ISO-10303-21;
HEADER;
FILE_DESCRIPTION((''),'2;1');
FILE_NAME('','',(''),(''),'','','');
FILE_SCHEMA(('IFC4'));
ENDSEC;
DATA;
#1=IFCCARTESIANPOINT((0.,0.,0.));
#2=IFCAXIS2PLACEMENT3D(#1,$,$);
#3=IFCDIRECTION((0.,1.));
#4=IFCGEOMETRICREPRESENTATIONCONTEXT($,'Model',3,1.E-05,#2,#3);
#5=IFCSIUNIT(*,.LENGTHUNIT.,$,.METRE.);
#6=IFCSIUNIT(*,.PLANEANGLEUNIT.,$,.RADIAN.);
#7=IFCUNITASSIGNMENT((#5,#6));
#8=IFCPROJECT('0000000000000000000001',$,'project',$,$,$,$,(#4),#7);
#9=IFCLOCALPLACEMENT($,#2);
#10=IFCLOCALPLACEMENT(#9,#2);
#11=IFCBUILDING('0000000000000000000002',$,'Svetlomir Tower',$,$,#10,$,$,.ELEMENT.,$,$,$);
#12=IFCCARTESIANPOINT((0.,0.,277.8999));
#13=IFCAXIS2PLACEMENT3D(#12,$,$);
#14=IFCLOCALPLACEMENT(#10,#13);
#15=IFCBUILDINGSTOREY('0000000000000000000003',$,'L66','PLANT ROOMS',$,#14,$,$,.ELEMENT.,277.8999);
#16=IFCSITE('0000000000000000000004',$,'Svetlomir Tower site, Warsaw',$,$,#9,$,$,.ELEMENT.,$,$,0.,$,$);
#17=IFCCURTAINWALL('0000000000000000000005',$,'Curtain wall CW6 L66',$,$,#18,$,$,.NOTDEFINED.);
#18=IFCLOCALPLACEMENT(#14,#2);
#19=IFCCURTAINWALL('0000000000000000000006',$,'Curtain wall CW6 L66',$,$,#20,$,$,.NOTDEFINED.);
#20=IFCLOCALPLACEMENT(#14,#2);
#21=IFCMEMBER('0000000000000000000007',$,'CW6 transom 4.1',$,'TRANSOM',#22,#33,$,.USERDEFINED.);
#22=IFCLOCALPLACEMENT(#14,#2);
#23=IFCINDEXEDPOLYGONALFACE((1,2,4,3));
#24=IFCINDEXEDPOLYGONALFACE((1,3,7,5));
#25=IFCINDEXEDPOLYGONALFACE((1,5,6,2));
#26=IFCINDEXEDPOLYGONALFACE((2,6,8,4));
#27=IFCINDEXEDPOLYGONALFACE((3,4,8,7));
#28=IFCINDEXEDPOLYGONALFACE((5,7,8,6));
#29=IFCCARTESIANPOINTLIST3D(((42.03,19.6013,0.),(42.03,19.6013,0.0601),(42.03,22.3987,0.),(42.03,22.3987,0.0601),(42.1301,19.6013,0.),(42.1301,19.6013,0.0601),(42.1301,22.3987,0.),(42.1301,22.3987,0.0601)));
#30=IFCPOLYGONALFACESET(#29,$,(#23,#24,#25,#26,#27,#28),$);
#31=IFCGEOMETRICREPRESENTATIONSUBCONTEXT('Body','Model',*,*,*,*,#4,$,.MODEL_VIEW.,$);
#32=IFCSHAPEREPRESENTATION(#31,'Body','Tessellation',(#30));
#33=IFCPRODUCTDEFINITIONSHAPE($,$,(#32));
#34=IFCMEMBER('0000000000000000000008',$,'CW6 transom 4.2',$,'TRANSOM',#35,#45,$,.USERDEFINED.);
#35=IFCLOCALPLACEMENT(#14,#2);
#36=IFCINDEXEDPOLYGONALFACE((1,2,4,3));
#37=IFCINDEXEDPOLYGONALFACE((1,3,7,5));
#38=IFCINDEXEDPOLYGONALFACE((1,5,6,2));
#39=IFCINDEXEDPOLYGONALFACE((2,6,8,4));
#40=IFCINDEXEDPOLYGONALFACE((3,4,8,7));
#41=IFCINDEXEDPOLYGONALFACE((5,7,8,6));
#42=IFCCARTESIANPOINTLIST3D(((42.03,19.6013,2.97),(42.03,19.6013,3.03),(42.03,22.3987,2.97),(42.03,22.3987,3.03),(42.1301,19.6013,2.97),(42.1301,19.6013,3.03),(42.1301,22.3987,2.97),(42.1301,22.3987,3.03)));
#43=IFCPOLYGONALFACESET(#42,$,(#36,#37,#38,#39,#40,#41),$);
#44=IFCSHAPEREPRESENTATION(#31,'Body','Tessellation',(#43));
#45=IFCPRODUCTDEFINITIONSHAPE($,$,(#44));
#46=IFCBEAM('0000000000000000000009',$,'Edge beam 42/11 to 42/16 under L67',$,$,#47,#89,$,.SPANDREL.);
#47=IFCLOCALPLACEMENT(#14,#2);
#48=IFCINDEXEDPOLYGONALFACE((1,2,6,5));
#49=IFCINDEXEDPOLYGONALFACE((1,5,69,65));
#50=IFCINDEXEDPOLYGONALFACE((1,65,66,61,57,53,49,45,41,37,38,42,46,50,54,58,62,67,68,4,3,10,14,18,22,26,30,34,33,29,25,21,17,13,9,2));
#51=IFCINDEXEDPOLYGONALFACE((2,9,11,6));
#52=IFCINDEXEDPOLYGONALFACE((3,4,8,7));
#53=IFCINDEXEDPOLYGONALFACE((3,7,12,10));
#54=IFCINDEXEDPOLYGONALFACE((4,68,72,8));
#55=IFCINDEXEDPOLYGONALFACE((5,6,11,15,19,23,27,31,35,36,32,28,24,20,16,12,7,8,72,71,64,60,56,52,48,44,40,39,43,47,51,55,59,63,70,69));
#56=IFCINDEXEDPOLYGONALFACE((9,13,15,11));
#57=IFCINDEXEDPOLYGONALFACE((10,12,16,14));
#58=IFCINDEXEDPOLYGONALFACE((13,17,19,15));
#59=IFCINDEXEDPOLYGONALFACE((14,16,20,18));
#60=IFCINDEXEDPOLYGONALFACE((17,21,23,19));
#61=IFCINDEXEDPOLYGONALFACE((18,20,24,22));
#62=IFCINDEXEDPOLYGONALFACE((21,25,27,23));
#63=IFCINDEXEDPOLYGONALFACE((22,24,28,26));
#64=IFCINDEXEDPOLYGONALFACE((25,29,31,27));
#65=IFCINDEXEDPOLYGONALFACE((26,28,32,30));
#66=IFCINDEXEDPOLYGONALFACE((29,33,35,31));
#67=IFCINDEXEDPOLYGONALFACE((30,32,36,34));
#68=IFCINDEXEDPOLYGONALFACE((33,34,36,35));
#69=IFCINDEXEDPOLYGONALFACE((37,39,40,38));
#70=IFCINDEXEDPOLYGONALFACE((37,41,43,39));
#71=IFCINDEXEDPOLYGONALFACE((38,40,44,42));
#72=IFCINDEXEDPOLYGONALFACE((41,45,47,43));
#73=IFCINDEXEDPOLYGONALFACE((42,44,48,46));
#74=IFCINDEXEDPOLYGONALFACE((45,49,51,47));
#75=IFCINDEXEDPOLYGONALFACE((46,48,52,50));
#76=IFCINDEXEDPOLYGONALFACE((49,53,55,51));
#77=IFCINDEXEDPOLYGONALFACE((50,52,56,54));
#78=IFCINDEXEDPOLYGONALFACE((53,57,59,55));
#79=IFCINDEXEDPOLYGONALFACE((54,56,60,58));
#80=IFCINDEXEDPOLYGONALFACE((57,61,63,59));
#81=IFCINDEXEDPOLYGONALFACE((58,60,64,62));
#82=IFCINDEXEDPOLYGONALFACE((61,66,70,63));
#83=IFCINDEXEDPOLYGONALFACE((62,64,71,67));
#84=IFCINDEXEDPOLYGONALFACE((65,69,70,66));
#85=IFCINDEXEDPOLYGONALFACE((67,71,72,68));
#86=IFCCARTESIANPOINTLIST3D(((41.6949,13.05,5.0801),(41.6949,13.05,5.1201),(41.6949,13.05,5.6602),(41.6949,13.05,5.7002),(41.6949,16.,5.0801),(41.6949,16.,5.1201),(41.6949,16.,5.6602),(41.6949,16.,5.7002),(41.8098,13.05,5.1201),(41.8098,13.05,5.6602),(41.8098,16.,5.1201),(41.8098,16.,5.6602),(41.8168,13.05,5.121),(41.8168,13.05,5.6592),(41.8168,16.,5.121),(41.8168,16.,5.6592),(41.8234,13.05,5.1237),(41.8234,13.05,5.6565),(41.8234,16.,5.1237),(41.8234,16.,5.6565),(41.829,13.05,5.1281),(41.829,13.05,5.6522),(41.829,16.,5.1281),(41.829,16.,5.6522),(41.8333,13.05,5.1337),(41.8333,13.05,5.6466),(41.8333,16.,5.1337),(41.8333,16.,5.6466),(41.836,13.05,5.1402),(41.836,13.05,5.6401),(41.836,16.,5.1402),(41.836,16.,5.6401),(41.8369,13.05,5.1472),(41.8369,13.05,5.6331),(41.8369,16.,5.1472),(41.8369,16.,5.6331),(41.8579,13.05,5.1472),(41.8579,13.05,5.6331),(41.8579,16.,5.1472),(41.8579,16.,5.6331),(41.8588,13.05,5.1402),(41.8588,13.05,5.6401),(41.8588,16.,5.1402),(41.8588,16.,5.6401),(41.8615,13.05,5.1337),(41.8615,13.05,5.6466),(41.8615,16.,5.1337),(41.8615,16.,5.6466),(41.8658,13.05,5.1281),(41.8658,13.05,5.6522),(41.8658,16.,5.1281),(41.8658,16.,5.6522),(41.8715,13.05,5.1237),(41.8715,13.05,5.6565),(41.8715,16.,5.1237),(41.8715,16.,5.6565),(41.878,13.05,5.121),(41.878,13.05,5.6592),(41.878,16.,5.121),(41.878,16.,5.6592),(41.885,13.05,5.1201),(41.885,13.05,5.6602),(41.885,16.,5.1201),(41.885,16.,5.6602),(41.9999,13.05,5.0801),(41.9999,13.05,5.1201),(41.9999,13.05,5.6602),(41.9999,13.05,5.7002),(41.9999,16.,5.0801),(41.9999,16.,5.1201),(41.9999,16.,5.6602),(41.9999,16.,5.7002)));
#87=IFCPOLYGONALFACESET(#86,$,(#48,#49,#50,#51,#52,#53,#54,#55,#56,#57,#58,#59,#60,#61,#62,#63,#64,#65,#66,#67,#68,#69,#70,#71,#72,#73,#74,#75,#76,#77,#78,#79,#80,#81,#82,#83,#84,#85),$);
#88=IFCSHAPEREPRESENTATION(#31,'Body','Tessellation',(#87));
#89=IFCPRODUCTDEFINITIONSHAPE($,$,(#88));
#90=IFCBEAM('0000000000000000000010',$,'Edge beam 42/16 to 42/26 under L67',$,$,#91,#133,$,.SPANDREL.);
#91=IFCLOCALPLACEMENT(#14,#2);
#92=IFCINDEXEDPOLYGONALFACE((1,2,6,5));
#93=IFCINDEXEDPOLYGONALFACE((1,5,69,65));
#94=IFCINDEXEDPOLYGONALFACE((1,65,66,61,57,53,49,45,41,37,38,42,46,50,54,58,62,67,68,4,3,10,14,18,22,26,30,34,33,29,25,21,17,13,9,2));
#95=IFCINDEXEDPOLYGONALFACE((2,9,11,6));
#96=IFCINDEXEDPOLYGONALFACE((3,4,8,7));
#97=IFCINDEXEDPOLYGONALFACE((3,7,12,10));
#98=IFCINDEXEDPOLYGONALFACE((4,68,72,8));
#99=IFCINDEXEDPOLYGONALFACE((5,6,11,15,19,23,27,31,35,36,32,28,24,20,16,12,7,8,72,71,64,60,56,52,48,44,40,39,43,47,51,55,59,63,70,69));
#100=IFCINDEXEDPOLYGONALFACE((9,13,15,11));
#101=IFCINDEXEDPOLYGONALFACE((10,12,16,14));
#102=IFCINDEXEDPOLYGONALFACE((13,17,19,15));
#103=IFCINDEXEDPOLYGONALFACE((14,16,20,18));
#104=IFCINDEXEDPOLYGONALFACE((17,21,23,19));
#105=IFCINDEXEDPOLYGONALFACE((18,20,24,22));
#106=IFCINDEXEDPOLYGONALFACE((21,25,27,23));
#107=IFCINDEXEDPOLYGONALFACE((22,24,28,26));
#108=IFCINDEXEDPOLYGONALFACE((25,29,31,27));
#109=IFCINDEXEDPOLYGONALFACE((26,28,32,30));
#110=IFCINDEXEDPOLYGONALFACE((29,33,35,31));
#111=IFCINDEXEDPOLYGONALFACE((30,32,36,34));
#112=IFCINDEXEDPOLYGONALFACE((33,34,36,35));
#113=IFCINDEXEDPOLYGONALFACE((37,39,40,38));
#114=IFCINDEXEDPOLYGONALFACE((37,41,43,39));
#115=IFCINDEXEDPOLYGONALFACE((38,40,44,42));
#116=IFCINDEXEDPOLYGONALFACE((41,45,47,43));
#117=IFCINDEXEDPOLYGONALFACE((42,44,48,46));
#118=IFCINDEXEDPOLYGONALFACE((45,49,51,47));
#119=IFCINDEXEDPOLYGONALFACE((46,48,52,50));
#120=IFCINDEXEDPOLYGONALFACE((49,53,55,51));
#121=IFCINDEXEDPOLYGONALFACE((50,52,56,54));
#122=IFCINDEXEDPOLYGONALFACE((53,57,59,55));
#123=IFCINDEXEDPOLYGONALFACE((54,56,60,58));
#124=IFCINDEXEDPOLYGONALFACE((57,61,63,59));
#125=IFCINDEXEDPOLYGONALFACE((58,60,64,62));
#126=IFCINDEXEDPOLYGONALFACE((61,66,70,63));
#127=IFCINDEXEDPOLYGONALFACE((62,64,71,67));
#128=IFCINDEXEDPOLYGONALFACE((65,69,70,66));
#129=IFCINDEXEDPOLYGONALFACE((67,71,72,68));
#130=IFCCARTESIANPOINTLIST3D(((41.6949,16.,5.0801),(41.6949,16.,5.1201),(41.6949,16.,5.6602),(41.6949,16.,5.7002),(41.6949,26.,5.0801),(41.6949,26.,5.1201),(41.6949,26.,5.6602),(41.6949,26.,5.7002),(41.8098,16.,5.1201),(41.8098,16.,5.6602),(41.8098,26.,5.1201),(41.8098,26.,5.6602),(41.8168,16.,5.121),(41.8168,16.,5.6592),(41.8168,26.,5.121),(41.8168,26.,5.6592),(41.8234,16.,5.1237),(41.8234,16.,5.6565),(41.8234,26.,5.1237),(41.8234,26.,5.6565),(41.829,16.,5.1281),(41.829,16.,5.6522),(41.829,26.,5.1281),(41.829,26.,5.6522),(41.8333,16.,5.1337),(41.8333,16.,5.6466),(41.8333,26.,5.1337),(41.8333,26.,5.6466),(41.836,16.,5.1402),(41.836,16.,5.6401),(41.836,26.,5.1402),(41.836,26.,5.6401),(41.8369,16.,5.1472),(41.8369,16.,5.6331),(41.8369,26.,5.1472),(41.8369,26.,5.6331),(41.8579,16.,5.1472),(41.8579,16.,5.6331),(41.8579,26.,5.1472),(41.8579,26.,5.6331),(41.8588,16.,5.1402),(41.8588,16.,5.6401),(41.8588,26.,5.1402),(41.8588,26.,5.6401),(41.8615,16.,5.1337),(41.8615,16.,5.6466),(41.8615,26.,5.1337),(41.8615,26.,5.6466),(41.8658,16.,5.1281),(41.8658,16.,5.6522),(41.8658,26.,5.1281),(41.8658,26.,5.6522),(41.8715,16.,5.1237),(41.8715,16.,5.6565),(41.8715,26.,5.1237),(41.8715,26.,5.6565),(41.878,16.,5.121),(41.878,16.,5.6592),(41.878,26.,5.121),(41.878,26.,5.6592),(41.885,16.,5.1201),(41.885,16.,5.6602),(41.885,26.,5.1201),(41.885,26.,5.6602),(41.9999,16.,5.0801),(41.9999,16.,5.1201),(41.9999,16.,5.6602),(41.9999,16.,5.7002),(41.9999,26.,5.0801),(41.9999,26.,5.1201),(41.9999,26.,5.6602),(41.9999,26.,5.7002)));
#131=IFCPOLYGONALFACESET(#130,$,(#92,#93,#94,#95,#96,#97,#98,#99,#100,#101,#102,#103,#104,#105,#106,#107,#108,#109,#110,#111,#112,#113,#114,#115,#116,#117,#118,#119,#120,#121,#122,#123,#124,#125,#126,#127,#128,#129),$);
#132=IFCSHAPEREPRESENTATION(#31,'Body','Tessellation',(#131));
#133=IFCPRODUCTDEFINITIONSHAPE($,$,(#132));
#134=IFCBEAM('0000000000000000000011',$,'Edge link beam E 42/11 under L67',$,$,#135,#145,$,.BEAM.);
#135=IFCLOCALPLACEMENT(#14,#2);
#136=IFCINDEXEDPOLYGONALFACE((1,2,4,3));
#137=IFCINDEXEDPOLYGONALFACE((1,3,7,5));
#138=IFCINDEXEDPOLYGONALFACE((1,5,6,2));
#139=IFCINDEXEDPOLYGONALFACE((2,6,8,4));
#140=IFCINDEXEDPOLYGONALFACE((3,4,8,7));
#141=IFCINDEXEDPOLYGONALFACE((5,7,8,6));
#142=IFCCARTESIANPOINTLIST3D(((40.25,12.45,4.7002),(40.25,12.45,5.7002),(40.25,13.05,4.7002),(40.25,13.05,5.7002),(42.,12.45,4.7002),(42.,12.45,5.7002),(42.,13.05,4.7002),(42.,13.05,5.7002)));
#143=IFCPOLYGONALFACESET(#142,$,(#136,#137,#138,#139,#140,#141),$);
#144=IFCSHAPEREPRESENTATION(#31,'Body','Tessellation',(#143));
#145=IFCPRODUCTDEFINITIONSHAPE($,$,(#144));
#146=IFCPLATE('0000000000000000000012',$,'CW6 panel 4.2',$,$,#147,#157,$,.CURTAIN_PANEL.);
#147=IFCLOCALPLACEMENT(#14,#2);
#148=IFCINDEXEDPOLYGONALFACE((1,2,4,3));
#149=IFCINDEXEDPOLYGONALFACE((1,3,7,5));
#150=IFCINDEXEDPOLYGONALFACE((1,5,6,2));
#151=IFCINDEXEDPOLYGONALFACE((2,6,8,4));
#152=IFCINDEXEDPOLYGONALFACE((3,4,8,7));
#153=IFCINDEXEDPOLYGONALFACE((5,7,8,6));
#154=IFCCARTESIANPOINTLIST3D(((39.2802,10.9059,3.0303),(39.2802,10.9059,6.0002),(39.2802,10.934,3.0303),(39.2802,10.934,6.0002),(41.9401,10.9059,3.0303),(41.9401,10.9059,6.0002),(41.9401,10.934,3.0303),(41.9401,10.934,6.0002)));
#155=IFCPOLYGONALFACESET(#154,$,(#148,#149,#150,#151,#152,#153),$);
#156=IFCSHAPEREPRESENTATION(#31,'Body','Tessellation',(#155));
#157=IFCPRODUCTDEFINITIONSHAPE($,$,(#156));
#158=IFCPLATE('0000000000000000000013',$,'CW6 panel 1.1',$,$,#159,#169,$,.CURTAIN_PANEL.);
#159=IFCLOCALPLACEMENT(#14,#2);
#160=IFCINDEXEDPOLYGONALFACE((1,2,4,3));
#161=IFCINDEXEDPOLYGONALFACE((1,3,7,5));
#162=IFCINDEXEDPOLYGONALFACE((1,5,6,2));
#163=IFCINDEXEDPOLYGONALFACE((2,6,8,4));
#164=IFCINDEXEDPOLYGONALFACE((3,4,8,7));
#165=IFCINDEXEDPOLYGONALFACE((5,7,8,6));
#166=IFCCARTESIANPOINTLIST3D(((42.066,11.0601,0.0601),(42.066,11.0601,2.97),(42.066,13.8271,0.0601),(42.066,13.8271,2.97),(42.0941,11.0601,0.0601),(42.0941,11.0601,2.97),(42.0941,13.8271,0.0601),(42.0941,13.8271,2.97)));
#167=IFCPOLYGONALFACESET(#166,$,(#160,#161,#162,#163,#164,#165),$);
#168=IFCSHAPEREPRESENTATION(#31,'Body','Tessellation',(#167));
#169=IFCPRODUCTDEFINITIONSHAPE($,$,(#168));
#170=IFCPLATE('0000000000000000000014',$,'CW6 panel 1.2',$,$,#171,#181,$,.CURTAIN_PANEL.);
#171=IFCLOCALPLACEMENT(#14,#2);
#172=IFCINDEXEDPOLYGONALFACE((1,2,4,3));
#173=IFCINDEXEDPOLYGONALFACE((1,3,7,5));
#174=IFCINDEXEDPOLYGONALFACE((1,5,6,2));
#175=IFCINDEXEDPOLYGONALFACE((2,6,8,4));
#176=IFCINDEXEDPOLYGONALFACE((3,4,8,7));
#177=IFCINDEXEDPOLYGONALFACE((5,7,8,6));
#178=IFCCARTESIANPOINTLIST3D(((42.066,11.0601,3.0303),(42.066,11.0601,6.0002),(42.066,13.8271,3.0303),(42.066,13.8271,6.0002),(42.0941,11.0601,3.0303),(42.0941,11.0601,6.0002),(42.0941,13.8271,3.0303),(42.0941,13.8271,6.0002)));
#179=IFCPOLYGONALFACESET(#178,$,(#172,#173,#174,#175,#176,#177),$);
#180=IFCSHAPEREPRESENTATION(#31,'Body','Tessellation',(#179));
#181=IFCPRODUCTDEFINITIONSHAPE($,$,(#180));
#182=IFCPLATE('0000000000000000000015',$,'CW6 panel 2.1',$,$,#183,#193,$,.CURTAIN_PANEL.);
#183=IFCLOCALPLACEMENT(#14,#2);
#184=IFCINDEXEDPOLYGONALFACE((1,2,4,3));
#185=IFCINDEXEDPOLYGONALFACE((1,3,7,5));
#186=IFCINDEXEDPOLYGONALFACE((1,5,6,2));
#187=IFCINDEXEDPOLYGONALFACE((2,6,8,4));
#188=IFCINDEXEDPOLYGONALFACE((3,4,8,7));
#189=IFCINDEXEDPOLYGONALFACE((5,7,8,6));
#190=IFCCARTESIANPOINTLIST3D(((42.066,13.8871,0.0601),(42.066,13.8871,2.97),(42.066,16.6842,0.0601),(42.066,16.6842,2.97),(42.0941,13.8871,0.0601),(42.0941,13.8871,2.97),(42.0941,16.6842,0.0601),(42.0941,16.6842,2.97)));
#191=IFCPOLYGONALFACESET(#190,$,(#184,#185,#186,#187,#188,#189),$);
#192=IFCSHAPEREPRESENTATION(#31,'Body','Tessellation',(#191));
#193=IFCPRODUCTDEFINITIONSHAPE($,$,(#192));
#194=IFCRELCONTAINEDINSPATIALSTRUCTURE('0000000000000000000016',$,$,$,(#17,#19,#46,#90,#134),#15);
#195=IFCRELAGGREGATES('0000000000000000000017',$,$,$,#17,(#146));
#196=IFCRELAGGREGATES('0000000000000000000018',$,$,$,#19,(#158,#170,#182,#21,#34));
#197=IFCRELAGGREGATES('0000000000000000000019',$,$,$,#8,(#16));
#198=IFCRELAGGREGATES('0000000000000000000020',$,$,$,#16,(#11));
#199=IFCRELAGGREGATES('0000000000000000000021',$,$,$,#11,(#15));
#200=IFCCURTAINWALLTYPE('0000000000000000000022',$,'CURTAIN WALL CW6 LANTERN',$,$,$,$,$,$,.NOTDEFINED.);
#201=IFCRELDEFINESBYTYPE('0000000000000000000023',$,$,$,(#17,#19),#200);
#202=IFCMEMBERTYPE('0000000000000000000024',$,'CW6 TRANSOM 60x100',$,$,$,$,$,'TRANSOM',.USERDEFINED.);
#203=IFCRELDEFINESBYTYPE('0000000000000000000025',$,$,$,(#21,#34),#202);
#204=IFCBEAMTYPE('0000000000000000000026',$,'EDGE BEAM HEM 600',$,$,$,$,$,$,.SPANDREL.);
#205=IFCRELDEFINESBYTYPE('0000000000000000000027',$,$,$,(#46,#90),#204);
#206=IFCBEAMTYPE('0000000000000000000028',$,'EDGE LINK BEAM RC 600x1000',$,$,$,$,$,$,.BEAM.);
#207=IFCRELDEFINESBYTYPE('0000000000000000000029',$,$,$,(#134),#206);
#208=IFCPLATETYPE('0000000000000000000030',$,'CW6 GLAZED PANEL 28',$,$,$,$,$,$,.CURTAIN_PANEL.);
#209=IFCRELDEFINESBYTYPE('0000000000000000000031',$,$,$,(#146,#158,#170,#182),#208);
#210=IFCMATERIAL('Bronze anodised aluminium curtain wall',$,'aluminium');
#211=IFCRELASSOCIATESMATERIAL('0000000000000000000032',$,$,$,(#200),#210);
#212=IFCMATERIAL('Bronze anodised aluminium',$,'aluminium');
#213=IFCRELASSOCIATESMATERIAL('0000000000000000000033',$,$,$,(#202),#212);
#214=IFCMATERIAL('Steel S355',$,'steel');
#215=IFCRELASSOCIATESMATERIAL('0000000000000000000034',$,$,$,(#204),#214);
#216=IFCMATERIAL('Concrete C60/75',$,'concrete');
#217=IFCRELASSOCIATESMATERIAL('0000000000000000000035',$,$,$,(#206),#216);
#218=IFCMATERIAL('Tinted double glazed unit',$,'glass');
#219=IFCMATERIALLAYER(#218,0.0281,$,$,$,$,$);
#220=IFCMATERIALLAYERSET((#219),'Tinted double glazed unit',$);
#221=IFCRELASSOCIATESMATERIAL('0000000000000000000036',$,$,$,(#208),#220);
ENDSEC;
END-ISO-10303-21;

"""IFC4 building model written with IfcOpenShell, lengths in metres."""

from ifc_helpers import new_model, si_unit, direction, frame, origin, origin_2d, place, context, subcontext, project, spatial, rectangle, i_section, extrude, material, layer, layer_set, material_profile, profile_set, type_object, element, aggregate, save


model = new_model("IFC4")

# Units and contexts
model_context = context("Model", 3, precision=1e-05, world=origin(), true_north=direction((0.0, 1.0)))
body_context = subcontext(model_context, "Body", "Model", "MODEL_VIEW")
ifc_project = project(units=[si_unit("LENGTHUNIT", "METRE"), si_unit("PLANEANGLEUNIT", "RADIAN")], contexts=[model_context])

# Site, building, storey
site_placement = place(None, origin())
site = spatial("IfcSite", under=ifc_project, at=site_placement, Name="Svetlomir Tower site, Warsaw", CompositionType="ELEMENT", RefElevation=0.0)
building_placement = place(site_placement, origin())
building = spatial("IfcBuilding", under=site, at=building_placement, Name="Svetlomir Tower", CompositionType="ELEMENT")
storey_placement = place(building_placement, frame((0.0, 0.0, 277.8999)))
storey = spatial("IfcBuildingStorey", under=building, at=storey_placement, Name="L66", Description="PLANT ROOMS", CompositionType="ELEMENT", Elevation=277.8999)

# Curtain wall
ifc_material_1 = material(Name="Bronze anodised aluminium curtain wall", Category="aluminium")
curtain_wall_type = type_object("IfcCurtainWallType", Name="CURTAIN WALL CW6 LANTERN", PredefinedType="NOTDEFINED", material=ifc_material_1)
curtain_wall_1_placement = place(storey_placement, origin())
curtain_wall_1 = element("IfcCurtainWall", 1, at=curtain_wall_1_placement, inside=storey, type_object=curtain_wall_type, Name="Curtain wall CW6 L66", PredefinedType="NOTDEFINED")

# Curtain wall, members
curtain_wall_2_placement = place(storey_placement, origin())
curtain_wall_2 = element("IfcCurtainWall", 2, at=curtain_wall_2_placement, inside=storey, type_object=curtain_wall_type, Name="Curtain wall CW6 L66", PredefinedType="NOTDEFINED")
ifc_material_2 = material(Name="Bronze anodised aluminium", Category="aluminium")
ifc_material_profile_1 = material_profile(ifc_material_2, rectangle(XDim=0.1001, YDim=0.0601, at=origin_2d()), Name="AL 100x60")
ifc_profile_set_1 = profile_set([ifc_material_profile_1], Name="Bronze anodised aluminium 6063-T6")
member_type_1 = type_object("IfcMemberType", Name="CW6 TRANSOM 60x100", ElementType="TRANSOM", PredefinedType="USERDEFINED", material=ifc_profile_set_1)
member_1_placement = place(storey_placement, frame((42.0801, 19.6013, 0.03), z_axis=(0.0, 1.0, 0.0), x_axis=(-1.0, 0.0, 0.0)))
member_1 = element("IfcMember", 3, at=member_1_placement, type_object=member_type_1, Name="CW6 transom 4.1", ObjectType="TRANSOM", PredefinedType="USERDEFINED", context=body_context, shape_type="SweptSolid", body=[
    extrude(rectangle(XDim=0.1001, YDim=0.0601, at=origin_2d()), origin(), (0.0, 0.0, 1.0), 2.7974),
])
member_2_placement = place(storey_placement, frame((42.0801, 19.6013, 3.0), z_axis=(0.0, 1.0, 0.0), x_axis=(-1.0, 0.0, 0.0)))
member_2 = element("IfcMember", 4, at=member_2_placement, type_object=member_type_1, Name="CW6 transom 4.2", ObjectType="TRANSOM", PredefinedType="USERDEFINED", context=body_context, shape_type="SweptSolid", body=[
    extrude(rectangle(XDim=0.1001, YDim=0.0601, at=origin_2d()), origin(), (0.0, 0.0, 1.0), 2.7974),
])

# Beams
ifc_material_3 = material(Name="Steel S355", Category="steel")
ifc_material_profile_2 = material_profile(ifc_material_3, i_section(OverallWidth=0.3049, OverallDepth=0.6201, WebThickness=0.021, FlangeThickness=0.04, FilletRadius=0.0271, at=origin_2d()), Name="HEM 600")
ifc_profile_set_2 = profile_set([ifc_material_profile_2], Name="Steel S355")
beam_type_1 = type_object("IfcBeamType", Name="EDGE BEAM HEM 600", PredefinedType="SPANDREL", material=ifc_profile_set_2)
beam_1_placement = place(storey_placement, frame((41.8474, 13.05, 5.3901), z_axis=(0.0, 1.0, 0.0), x_axis=(-1.0, 0.0, 0.0)))
element("IfcBeam", 5, at=beam_1_placement, inside=storey, type_object=beam_type_1, Name="Edge beam 42/11 to 42/16 under L67", PredefinedType="SPANDREL", context=body_context, shape_type="SweptSolid", body=[
    extrude(i_section(OverallWidth=0.3049, OverallDepth=0.6201, WebThickness=0.021, FlangeThickness=0.04, FilletRadius=0.0271, at=origin_2d()), origin(), (0.0, 0.0, 1.0), 2.95),
])
beam_2_placement = place(storey_placement, frame((41.8474, 16.0, 5.3901), z_axis=(0.0, 1.0, 0.0), x_axis=(-1.0, 0.0, 0.0)))
element("IfcBeam", 6, at=beam_2_placement, inside=storey, type_object=beam_type_1, Name="Edge beam 42/16 to 42/26 under L67", PredefinedType="SPANDREL", context=body_context, shape_type="SweptSolid", body=[
    extrude(i_section(OverallWidth=0.3049, OverallDepth=0.6201, WebThickness=0.021, FlangeThickness=0.04, FilletRadius=0.0271, at=origin_2d()), origin(), (0.0, 0.0, 1.0), 10.0),
])
ifc_material_4 = material(Name="Concrete C60/75", Category="concrete")
ifc_material_profile_3 = material_profile(ifc_material_4, rectangle(XDim=0.6001, YDim=1.0, at=origin_2d()), Name="RC 600x1000")
ifc_profile_set_3 = profile_set([ifc_material_profile_3], Name="Concrete C60/75")
beam_type_2 = type_object("IfcBeamType", Name="EDGE LINK BEAM RC 600x1000", PredefinedType="BEAM", material=ifc_profile_set_3)
beam_3_placement = place(storey_placement, frame((40.25, 12.75, 5.2002), z_axis=(1.0, 0.0, 0.0), x_axis=(0.0, 1.0, 0.0)))
element("IfcBeam", 7, at=beam_3_placement, inside=storey, type_object=beam_type_2, Name="Edge link beam E 42/11 under L67", PredefinedType="BEAM", context=body_context, shape_type="SweptSolid", body=[
    extrude(rectangle(XDim=0.6001, YDim=1.0, at=origin_2d()), origin(), (0.0, 0.0, 1.0), 1.75),
])

# Plates
ifc_material_5 = material(Name="Tinted double glazed unit", Category="glass")
ifc_layer = layer(ifc_material_5, 0.0281)
ifc_layer_set = layer_set([ifc_layer], Name="Tinted double glazed unit")
plate_type = type_object("IfcPlateType", Name="CW6 GLAZED PANEL 28", PredefinedType="CURTAIN_PANEL", material=ifc_layer_set)
plate_1_placement = place(storey_placement, frame((40.6101, 10.9199, 3.0303), z_axis=(0.0, 0.0, 1.0), x_axis=(1.0, 0.0, 0.0)))
plate_1 = element("IfcPlate", 8, at=plate_1_placement, type_object=plate_type, Name="CW6 panel 4.2", PredefinedType="CURTAIN_PANEL", context=body_context, shape_type="SweptSolid", body=[
    extrude(rectangle(XDim=2.6599, YDim=0.0281, at=origin_2d()), origin(), (0.0, 0.0, 1.0), 2.97),
])
aggregate(curtain_wall_1, [plate_1])
plate_2_placement = place(storey_placement, frame((42.0801, 12.4436, 0.0601), z_axis=(0.0, 0.0, 1.0), x_axis=(0.0, 1.0, 0.0)))
plate_2 = element("IfcPlate", 9, at=plate_2_placement, type_object=plate_type, Name="CW6 panel 1.1", PredefinedType="CURTAIN_PANEL", context=body_context, shape_type="SweptSolid", body=[
    extrude(rectangle(XDim=2.7671, YDim=0.0281, at=origin_2d()), origin(), (0.0, 0.0, 1.0), 2.9099),
])
plate_3_placement = place(storey_placement, frame((42.0801, 12.4436, 3.0303), z_axis=(0.0, 0.0, 1.0), x_axis=(0.0, 1.0, 0.0)))
plate_3 = element("IfcPlate", 10, at=plate_3_placement, type_object=plate_type, Name="CW6 panel 1.2", PredefinedType="CURTAIN_PANEL", context=body_context, shape_type="SweptSolid", body=[
    extrude(rectangle(XDim=2.7671, YDim=0.0281, at=origin_2d()), origin(), (0.0, 0.0, 1.0), 2.97),
])
plate_4_placement = place(storey_placement, frame((42.0801, 15.2856, 0.0601), z_axis=(0.0, 0.0, 1.0), x_axis=(0.0, 1.0, 0.0)))
plate_4 = element("IfcPlate", 11, at=plate_4_placement, type_object=plate_type, Name="CW6 panel 2.1", PredefinedType="CURTAIN_PANEL", context=body_context, shape_type="SweptSolid", body=[
    extrude(rectangle(XDim=2.7971, YDim=0.0281, at=origin_2d()), origin(), (0.0, 0.0, 1.0), 2.9099),
])
aggregate(curtain_wall_2, [plate_2, plate_3, plate_4, member_1, member_2])

save(model, "model.ifc")
